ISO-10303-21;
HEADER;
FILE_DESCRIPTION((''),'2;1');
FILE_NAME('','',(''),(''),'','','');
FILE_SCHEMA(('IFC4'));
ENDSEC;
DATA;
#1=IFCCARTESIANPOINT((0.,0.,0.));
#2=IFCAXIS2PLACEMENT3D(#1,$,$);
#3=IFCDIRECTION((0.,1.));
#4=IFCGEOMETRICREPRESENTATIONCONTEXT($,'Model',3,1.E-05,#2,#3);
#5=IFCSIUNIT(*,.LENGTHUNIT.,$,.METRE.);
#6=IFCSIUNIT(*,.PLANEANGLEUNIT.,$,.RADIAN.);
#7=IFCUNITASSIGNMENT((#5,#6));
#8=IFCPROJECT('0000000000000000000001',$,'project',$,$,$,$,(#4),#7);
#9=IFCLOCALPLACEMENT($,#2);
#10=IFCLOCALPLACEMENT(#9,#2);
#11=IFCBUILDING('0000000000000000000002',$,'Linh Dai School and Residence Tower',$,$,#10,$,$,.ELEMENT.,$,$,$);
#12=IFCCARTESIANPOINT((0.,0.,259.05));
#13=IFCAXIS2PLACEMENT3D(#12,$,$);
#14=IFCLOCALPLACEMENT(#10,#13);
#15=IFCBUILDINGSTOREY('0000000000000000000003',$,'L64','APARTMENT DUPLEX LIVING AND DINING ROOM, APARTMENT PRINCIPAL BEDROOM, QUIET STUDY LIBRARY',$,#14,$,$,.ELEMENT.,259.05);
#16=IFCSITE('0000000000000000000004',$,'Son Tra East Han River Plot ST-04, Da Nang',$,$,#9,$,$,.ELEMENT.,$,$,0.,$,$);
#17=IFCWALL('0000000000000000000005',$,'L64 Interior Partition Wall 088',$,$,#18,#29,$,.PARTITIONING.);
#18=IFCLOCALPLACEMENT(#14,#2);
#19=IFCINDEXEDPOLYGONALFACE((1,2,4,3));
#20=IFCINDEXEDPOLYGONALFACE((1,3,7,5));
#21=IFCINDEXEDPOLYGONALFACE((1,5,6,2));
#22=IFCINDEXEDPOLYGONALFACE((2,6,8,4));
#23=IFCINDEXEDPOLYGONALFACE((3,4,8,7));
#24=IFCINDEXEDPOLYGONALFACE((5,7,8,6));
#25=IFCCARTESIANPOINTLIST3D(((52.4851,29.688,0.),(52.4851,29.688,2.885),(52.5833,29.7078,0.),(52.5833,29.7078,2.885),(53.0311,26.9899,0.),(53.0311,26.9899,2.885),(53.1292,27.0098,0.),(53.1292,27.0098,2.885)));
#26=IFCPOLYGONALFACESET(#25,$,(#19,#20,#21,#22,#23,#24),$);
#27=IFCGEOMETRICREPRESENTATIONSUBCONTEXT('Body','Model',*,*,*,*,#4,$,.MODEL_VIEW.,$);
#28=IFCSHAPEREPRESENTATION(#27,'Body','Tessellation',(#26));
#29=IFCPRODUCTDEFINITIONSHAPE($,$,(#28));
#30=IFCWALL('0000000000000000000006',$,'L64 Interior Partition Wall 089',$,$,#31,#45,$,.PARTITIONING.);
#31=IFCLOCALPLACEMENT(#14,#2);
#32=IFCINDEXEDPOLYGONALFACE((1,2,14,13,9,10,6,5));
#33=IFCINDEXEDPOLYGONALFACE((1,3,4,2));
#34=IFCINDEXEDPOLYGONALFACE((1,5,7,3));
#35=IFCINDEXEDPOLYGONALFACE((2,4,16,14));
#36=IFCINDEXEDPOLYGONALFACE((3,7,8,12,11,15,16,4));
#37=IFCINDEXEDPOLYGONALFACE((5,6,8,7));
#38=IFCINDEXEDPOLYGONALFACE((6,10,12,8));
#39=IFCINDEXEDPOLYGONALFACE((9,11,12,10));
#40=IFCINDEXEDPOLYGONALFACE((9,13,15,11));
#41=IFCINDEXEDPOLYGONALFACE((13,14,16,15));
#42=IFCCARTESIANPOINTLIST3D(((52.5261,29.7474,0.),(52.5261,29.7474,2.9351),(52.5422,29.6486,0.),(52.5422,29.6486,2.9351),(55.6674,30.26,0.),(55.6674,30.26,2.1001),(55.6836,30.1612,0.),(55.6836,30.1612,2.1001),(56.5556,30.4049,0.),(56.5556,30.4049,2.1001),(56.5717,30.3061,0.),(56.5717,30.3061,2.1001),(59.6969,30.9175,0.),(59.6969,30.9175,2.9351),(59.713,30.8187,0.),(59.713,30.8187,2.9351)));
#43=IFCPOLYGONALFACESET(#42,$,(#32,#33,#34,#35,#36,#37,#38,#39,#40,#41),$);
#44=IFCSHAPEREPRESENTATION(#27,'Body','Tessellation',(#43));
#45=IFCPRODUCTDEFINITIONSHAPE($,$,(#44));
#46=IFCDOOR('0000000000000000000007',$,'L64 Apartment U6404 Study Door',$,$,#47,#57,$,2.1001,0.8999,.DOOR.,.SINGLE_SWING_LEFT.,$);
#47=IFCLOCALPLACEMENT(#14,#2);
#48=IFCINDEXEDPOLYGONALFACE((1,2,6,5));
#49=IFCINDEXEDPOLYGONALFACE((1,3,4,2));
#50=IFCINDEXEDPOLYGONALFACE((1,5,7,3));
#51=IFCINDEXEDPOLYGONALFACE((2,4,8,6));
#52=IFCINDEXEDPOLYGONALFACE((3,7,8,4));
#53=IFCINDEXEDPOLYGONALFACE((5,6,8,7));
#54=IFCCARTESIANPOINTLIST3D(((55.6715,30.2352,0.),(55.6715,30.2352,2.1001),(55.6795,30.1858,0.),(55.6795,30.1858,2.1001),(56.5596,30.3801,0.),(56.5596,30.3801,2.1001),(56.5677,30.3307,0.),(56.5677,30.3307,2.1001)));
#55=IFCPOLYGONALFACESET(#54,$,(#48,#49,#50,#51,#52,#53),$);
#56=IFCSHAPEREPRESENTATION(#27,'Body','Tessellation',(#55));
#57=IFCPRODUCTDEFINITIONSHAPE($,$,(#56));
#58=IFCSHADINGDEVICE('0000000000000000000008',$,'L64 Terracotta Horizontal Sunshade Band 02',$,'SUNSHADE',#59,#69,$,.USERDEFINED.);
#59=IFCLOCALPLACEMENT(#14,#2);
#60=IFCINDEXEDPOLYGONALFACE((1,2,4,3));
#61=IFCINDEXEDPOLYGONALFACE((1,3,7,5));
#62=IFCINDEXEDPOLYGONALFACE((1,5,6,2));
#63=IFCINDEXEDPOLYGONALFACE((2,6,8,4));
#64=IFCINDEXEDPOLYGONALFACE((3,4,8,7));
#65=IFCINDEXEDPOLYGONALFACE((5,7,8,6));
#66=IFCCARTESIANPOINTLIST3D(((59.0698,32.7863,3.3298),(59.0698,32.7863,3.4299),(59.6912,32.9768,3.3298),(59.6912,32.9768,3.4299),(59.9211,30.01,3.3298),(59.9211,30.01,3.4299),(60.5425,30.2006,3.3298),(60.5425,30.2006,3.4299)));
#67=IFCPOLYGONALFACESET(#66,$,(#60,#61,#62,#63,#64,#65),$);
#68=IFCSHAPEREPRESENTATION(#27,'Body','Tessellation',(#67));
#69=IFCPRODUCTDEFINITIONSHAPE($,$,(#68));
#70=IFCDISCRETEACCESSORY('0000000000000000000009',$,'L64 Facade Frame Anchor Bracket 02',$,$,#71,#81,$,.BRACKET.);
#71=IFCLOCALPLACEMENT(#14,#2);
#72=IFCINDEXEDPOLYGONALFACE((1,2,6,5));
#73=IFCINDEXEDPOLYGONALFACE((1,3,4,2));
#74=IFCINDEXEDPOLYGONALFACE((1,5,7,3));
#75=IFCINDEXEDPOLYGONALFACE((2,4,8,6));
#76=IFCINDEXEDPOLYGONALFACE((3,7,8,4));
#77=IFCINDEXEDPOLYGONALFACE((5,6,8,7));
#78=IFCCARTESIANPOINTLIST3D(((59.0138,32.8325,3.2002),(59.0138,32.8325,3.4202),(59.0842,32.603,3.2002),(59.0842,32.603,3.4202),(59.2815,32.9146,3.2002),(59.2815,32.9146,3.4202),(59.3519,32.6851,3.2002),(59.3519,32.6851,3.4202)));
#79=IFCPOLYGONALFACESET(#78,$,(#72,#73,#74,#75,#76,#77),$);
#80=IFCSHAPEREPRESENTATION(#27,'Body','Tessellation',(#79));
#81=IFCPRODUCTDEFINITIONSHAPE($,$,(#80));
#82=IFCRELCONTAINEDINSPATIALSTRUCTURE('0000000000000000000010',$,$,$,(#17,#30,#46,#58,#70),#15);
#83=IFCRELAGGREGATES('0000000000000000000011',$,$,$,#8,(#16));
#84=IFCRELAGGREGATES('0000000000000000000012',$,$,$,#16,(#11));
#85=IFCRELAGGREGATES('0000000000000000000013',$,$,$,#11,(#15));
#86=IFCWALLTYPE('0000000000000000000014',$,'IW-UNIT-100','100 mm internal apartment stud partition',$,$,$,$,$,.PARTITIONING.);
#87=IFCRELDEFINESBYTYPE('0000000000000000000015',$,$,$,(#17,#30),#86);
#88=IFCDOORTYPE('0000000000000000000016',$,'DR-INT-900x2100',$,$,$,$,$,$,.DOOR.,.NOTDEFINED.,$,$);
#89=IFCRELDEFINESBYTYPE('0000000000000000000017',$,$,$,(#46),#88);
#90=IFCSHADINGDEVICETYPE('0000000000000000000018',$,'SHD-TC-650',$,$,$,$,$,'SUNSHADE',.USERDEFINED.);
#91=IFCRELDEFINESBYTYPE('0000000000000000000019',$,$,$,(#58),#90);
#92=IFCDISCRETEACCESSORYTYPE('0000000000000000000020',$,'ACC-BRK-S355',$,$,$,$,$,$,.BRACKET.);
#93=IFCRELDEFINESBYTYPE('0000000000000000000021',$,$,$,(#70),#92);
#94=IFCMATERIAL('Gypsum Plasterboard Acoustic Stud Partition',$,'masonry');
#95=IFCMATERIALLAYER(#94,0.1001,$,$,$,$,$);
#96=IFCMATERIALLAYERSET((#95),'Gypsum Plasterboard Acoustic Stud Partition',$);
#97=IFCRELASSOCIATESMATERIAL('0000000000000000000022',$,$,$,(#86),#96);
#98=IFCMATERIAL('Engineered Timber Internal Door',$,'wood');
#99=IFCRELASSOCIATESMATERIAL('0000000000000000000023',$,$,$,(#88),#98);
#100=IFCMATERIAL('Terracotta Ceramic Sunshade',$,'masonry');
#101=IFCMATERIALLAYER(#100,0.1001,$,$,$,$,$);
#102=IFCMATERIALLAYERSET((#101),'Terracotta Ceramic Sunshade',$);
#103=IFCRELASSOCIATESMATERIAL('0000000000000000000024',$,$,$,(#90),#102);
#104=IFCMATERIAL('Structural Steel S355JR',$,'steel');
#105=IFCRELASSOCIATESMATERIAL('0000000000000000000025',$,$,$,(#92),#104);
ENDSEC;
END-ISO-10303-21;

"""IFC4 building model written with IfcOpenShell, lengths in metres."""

from ifc_helpers import new_model, si_unit, direction, frame, frame_2d, origin, origin_2d, place, context, subcontext, project, spatial, rectangle, extrude, source, transform, mapped, material, layer, layer_set, type_object, element, fill, save


model = new_model("IFC4")

# Units and contexts
model_context = context("Model", 3, precision=1e-05, world=origin(), true_north=direction((0.0, 1.0)))
body_context = subcontext(model_context, "Body", "Model", "MODEL_VIEW")
ifc_project = project(units=[si_unit("LENGTHUNIT", "METRE"), si_unit("PLANEANGLEUNIT", "RADIAN")], contexts=[model_context])

# Site, building, storey
site_placement = place(None, origin())
site = spatial("IfcSite", under=ifc_project, at=site_placement, Name="Son Tra East Han River Plot ST-04, Da Nang", CompositionType="ELEMENT", RefElevation=0.0)
building_placement = place(site_placement, origin())
building = spatial("IfcBuilding", under=site, at=building_placement, Name="Linh Dai School and Residence Tower", CompositionType="ELEMENT")
storey_placement = place(building_placement, frame((0.0, 0.0, 259.05)))
storey = spatial("IfcBuildingStorey", under=building, at=storey_placement, Name="L64", Description="APARTMENT DUPLEX LIVING AND DINING ROOM, APARTMENT PRINCIPAL BEDROOM, QUIET STUDY LIBRARY", CompositionType="ELEMENT", Elevation=259.05)

# Shared definitions
ifc_material_1 = material(Name="Structural Steel S355JR", Category="steel")

# Shared definitions
ifc_material_2 = material(Name="Gypsum Plasterboard Acoustic Stud Partition", Category="masonry")
ifc_layer_1 = layer(ifc_material_2, 0.1001)
ifc_layer_set_1 = layer_set([ifc_layer_1], Name="Gypsum Plasterboard Acoustic Stud Partition")
wall_type_1 = type_object("IfcWallType", Name="IW-UNIT-100", Description="100 mm internal apartment stud partition", PredefinedType="PARTITIONING", material=ifc_layer_set_1)
ifc_material_3 = material(Name="Engineered Timber Internal Door", Category="wood")
door_type_1 = type_object("IfcDoorType", Name="DR-INT-900x2100", OperationType="NOTDEFINED", PredefinedType="DOOR", material=ifc_material_3)
shared_shape_1 = source(origin(), body_context, "Body", "SweptSolid", [
    extrude(rectangle(XDim=0.8999, YDim=2.1001, at=origin_2d()), frame((0.45, 0.0249, 1.05), z_axis=(0.0, -1.0, 0.0), x_axis=(1.0, 0.0, 0.0)), (0.0, 0.0, 1.0), 0.05),
])

# Wall
wall_1_placement = place(storey_placement, frame((52.5342, 29.698, 0.0), z_axis=(0.0, 0.0, 1.0), x_axis=(0.198316, -0.980138, 0.0)))
element("IfcWall", 1, at=wall_1_placement, inside=storey, type_object=wall_type_1, Name="L64 Interior Partition Wall 088", PredefinedType="PARTITIONING", context=body_context, shape_type="SweptSolid", body=[
    extrude(rectangle(XDim=2.7527, YDim=0.1001, at=frame_2d((1.3765, 0.0))), origin(), (0.0, 0.0, 1.0), 2.885),
])

# Wall, opening, door
wall_2_placement = place(storey_placement, frame((52.5342, 29.698, 0.0), z_axis=(0.0, 0.0, 1.0), x_axis=(0.986946, 0.161052, 0.0)))
wall_2 = element("IfcWall", 2, at=wall_2_placement, inside=storey, type_object=wall_type_1, Name="L64 Interior Partition Wall 089", PredefinedType="PARTITIONING", context=body_context, shape_type="SweptSolid", body=[
    extrude(rectangle(XDim=7.2656, YDim=0.1001, at=frame_2d((3.6328, 0.0))), origin(), (0.0, 0.0, 1.0), 2.9351),
])
opening_1_placement = place(wall_2_placement, frame((3.1829, 0.0, 0.0)))
opening_1 = element("IfcOpeningElement", 3, at=opening_1_placement, cuts=wall_2, PredefinedType="OPENING", context=body_context, shape_type="SweptSolid", body=[
    extrude(rectangle(XDim=0.8999, YDim=2.1001, at=origin_2d()), frame((0.45, 0.0601, 1.05), z_axis=(0.0, -1.0, 0.0), x_axis=(1.0, 0.0, 0.0)), (0.0, 0.0, 1.0), 0.1201),
])
door_1_placement = place(opening_1_placement, origin())
door_1 = element("IfcDoor", 4, at=door_1_placement, inside=storey, type_object=door_type_1, Name="L64 Apartment U6404 Study Door", OperationType="SINGLE_SWING_LEFT", OverallHeight=2.1001, OverallWidth=0.8999, PredefinedType="DOOR", context=body_context, shape_type="MappedRepresentation", body=[
    mapped(shared_shape_1, transform((0.0, 0.0, 0.0), x_axis=(1.0, 0.0, 0.0), y_axis=(0.0, 1.0, 0.0), z_axis=(0.0, 0.0, 1.0), scale=1.0)),
])
fill(opening_1, door_1)

# Shading device
ifc_material_4 = material(Name="Terracotta Ceramic Sunshade", Category="masonry")
ifc_layer_2 = layer(ifc_material_4, 0.1001)
ifc_layer_set_2 = layer_set([ifc_layer_2], Name="Terracotta Ceramic Sunshade")
shading_device_type = type_object("IfcShadingDeviceType", Name="SHD-TC-650", ElementType="SUNSHADE", PredefinedType="USERDEFINED", material=ifc_layer_set_2)
shared_shape_2 = source(origin(), body_context, "Body", "SweptSolid", [
    extrude(rectangle(XDim=2.9038, YDim=0.6499, at=origin_2d()), origin(), (0.0, 0.0, 1.0), 0.1001),
])
shading_device_placement = place(storey_placement, frame((59.8062, 31.4934, 3.3298), z_axis=(0.0, 0.0, 1.0), x_axis=(0.293157, -0.956064, 0.0)))
element("IfcShadingDevice", 5, at=shading_device_placement, inside=storey, type_object=shading_device_type, Name="L64 Terracotta Horizontal Sunshade Band 02", ObjectType="SUNSHADE", PredefinedType="USERDEFINED", context=body_context, shape_type="MappedRepresentation", body=[
    mapped(shared_shape_2, transform((0.0, 0.0, 0.0), x_axis=(1.0, 0.0, 0.0), y_axis=(0.0, 1.0, 0.0), z_axis=(0.0, 0.0, 1.0), scale=1.0)),
])

# Discrete accessory
discrete_accessory_type = type_object("IfcDiscreteAccessoryType", Name="ACC-BRK-S355", PredefinedType="BRACKET", material=ifc_material_1)
shared_shape_3 = source(origin(), body_context, "Body", "SweptSolid", [
    extrude(rectangle(XDim=0.28, YDim=0.24, at=origin_2d()), origin(), (0.0, 0.0, 1.0), 0.22),
])
discrete_accessory_placement = place(storey_placement, frame((59.1829, 32.7588, 3.2002), z_axis=(0.0, 0.0, 1.0), x_axis=(0.956064, 0.293157, 0.0)))
element("IfcDiscreteAccessory", 6, at=discrete_accessory_placement, inside=storey, type_object=discrete_accessory_type, Name="L64 Facade Frame Anchor Bracket 02", PredefinedType="BRACKET", context=body_context, shape_type="MappedRepresentation", body=[
    mapped(shared_shape_3, transform((0.0, 0.0, 0.0), x_axis=(1.0, 0.0, 0.0), y_axis=(0.0, 1.0, 0.0), z_axis=(0.0, 0.0, 1.0), scale=1.0)),
])

save(model, "model.ifc")
